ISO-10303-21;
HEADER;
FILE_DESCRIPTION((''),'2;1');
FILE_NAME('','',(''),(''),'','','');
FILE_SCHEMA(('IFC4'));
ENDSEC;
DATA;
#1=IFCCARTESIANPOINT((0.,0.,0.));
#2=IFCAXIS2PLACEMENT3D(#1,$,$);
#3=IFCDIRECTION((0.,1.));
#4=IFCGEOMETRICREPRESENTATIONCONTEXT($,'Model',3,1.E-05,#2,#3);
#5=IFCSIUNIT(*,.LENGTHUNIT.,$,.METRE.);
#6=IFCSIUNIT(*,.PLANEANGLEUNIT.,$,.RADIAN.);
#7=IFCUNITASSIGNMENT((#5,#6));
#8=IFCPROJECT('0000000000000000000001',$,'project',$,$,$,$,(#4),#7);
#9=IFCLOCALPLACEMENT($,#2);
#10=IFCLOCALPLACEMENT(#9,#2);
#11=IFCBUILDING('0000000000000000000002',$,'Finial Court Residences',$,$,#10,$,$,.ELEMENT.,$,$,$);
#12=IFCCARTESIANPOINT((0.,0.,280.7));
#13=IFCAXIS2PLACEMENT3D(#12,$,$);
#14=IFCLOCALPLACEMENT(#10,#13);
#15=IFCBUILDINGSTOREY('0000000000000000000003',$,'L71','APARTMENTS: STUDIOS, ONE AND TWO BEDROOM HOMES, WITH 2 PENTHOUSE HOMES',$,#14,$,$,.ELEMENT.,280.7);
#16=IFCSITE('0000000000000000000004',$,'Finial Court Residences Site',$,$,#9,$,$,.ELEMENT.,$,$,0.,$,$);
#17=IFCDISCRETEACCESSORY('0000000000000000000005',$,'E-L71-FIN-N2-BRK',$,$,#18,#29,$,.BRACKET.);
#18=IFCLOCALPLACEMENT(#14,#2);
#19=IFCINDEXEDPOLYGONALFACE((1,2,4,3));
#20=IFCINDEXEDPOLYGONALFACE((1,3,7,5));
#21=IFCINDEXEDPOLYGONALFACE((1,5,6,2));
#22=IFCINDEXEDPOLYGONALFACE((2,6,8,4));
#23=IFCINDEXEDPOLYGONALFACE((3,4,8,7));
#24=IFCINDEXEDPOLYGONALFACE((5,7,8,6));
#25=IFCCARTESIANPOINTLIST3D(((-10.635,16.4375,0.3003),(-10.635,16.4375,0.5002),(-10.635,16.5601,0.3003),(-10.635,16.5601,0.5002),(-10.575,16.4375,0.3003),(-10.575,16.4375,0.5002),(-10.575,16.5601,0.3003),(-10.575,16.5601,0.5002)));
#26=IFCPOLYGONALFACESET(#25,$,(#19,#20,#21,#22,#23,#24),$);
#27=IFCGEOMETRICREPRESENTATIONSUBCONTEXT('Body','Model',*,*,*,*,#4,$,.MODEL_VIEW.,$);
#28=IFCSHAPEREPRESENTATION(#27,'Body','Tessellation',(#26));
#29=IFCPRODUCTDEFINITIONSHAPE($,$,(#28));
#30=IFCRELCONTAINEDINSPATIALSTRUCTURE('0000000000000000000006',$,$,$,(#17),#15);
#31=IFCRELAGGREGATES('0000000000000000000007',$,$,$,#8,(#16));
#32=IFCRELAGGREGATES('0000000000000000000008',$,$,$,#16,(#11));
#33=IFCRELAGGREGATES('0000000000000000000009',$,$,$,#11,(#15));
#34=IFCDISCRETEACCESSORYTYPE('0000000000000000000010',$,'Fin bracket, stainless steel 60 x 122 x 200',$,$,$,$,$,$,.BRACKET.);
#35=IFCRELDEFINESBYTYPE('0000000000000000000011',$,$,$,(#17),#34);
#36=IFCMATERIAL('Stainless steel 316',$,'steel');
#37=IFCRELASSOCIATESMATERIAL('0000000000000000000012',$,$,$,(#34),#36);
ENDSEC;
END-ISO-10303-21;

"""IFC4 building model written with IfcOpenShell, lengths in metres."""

from ifc_helpers import new_model, si_unit, direction, frame, origin, origin_2d, place, context, subcontext, project, spatial, rectangle, extrude, material, type_object, element, save


model = new_model("IFC4")

# Units and contexts
model_context = context("Model", 3, precision=1e-05, world=origin(), true_north=direction((0.0, 1.0)))
body_context = subcontext(model_context, "Body", "Model", "MODEL_VIEW")
ifc_project = project(units=[si_unit("LENGTHUNIT", "METRE"), si_unit("PLANEANGLEUNIT", "RADIAN")], contexts=[model_context])

# Site, building, storey
site_placement = place(None, origin())
site = spatial("IfcSite", under=ifc_project, at=site_placement, Name="Finial Court Residences Site", CompositionType="ELEMENT", RefElevation=0.0)
building_placement = place(site_placement, origin())
building = spatial("IfcBuilding", under=site, at=building_placement, Name="Finial Court Residences", CompositionType="ELEMENT")
storey_placement = place(building_placement, frame((0.0, 0.0, 280.7)))
storey = spatial("IfcBuildingStorey", under=building, at=storey_placement, Name="L71", Description="APARTMENTS: STUDIOS, ONE AND TWO BEDROOM HOMES, WITH 2 PENTHOUSE HOMES", CompositionType="ELEMENT", Elevation=280.7)

# Discrete accessory
ifc_material_1 = material(Name="Stainless steel 316", Category="steel")
discrete_accessory_type = type_object("IfcDiscreteAccessoryType", Name="Fin bracket, stainless steel 60 x 122 x 200", PredefinedType="BRACKET", material=ifc_material_1)
discrete_accessory_placement = place(storey_placement, frame((-10.605, 16.4988, 0.3003), z_axis=(0.0, 0.0, 1.0), x_axis=(1.0, 0.0, 0.0)))
element("IfcDiscreteAccessory", 1, at=discrete_accessory_placement, inside=storey, type_object=discrete_accessory_type, Name="E-L71-FIN-N2-BRK", PredefinedType="BRACKET", context=body_context, shape_type="SweptSolid", body=[
    extrude(rectangle(XDim=0.0601, YDim=0.1226, at=origin_2d()), origin(), (0.0, 0.0, 1.0), 0.2),
])

save(model, "model.ifc")
